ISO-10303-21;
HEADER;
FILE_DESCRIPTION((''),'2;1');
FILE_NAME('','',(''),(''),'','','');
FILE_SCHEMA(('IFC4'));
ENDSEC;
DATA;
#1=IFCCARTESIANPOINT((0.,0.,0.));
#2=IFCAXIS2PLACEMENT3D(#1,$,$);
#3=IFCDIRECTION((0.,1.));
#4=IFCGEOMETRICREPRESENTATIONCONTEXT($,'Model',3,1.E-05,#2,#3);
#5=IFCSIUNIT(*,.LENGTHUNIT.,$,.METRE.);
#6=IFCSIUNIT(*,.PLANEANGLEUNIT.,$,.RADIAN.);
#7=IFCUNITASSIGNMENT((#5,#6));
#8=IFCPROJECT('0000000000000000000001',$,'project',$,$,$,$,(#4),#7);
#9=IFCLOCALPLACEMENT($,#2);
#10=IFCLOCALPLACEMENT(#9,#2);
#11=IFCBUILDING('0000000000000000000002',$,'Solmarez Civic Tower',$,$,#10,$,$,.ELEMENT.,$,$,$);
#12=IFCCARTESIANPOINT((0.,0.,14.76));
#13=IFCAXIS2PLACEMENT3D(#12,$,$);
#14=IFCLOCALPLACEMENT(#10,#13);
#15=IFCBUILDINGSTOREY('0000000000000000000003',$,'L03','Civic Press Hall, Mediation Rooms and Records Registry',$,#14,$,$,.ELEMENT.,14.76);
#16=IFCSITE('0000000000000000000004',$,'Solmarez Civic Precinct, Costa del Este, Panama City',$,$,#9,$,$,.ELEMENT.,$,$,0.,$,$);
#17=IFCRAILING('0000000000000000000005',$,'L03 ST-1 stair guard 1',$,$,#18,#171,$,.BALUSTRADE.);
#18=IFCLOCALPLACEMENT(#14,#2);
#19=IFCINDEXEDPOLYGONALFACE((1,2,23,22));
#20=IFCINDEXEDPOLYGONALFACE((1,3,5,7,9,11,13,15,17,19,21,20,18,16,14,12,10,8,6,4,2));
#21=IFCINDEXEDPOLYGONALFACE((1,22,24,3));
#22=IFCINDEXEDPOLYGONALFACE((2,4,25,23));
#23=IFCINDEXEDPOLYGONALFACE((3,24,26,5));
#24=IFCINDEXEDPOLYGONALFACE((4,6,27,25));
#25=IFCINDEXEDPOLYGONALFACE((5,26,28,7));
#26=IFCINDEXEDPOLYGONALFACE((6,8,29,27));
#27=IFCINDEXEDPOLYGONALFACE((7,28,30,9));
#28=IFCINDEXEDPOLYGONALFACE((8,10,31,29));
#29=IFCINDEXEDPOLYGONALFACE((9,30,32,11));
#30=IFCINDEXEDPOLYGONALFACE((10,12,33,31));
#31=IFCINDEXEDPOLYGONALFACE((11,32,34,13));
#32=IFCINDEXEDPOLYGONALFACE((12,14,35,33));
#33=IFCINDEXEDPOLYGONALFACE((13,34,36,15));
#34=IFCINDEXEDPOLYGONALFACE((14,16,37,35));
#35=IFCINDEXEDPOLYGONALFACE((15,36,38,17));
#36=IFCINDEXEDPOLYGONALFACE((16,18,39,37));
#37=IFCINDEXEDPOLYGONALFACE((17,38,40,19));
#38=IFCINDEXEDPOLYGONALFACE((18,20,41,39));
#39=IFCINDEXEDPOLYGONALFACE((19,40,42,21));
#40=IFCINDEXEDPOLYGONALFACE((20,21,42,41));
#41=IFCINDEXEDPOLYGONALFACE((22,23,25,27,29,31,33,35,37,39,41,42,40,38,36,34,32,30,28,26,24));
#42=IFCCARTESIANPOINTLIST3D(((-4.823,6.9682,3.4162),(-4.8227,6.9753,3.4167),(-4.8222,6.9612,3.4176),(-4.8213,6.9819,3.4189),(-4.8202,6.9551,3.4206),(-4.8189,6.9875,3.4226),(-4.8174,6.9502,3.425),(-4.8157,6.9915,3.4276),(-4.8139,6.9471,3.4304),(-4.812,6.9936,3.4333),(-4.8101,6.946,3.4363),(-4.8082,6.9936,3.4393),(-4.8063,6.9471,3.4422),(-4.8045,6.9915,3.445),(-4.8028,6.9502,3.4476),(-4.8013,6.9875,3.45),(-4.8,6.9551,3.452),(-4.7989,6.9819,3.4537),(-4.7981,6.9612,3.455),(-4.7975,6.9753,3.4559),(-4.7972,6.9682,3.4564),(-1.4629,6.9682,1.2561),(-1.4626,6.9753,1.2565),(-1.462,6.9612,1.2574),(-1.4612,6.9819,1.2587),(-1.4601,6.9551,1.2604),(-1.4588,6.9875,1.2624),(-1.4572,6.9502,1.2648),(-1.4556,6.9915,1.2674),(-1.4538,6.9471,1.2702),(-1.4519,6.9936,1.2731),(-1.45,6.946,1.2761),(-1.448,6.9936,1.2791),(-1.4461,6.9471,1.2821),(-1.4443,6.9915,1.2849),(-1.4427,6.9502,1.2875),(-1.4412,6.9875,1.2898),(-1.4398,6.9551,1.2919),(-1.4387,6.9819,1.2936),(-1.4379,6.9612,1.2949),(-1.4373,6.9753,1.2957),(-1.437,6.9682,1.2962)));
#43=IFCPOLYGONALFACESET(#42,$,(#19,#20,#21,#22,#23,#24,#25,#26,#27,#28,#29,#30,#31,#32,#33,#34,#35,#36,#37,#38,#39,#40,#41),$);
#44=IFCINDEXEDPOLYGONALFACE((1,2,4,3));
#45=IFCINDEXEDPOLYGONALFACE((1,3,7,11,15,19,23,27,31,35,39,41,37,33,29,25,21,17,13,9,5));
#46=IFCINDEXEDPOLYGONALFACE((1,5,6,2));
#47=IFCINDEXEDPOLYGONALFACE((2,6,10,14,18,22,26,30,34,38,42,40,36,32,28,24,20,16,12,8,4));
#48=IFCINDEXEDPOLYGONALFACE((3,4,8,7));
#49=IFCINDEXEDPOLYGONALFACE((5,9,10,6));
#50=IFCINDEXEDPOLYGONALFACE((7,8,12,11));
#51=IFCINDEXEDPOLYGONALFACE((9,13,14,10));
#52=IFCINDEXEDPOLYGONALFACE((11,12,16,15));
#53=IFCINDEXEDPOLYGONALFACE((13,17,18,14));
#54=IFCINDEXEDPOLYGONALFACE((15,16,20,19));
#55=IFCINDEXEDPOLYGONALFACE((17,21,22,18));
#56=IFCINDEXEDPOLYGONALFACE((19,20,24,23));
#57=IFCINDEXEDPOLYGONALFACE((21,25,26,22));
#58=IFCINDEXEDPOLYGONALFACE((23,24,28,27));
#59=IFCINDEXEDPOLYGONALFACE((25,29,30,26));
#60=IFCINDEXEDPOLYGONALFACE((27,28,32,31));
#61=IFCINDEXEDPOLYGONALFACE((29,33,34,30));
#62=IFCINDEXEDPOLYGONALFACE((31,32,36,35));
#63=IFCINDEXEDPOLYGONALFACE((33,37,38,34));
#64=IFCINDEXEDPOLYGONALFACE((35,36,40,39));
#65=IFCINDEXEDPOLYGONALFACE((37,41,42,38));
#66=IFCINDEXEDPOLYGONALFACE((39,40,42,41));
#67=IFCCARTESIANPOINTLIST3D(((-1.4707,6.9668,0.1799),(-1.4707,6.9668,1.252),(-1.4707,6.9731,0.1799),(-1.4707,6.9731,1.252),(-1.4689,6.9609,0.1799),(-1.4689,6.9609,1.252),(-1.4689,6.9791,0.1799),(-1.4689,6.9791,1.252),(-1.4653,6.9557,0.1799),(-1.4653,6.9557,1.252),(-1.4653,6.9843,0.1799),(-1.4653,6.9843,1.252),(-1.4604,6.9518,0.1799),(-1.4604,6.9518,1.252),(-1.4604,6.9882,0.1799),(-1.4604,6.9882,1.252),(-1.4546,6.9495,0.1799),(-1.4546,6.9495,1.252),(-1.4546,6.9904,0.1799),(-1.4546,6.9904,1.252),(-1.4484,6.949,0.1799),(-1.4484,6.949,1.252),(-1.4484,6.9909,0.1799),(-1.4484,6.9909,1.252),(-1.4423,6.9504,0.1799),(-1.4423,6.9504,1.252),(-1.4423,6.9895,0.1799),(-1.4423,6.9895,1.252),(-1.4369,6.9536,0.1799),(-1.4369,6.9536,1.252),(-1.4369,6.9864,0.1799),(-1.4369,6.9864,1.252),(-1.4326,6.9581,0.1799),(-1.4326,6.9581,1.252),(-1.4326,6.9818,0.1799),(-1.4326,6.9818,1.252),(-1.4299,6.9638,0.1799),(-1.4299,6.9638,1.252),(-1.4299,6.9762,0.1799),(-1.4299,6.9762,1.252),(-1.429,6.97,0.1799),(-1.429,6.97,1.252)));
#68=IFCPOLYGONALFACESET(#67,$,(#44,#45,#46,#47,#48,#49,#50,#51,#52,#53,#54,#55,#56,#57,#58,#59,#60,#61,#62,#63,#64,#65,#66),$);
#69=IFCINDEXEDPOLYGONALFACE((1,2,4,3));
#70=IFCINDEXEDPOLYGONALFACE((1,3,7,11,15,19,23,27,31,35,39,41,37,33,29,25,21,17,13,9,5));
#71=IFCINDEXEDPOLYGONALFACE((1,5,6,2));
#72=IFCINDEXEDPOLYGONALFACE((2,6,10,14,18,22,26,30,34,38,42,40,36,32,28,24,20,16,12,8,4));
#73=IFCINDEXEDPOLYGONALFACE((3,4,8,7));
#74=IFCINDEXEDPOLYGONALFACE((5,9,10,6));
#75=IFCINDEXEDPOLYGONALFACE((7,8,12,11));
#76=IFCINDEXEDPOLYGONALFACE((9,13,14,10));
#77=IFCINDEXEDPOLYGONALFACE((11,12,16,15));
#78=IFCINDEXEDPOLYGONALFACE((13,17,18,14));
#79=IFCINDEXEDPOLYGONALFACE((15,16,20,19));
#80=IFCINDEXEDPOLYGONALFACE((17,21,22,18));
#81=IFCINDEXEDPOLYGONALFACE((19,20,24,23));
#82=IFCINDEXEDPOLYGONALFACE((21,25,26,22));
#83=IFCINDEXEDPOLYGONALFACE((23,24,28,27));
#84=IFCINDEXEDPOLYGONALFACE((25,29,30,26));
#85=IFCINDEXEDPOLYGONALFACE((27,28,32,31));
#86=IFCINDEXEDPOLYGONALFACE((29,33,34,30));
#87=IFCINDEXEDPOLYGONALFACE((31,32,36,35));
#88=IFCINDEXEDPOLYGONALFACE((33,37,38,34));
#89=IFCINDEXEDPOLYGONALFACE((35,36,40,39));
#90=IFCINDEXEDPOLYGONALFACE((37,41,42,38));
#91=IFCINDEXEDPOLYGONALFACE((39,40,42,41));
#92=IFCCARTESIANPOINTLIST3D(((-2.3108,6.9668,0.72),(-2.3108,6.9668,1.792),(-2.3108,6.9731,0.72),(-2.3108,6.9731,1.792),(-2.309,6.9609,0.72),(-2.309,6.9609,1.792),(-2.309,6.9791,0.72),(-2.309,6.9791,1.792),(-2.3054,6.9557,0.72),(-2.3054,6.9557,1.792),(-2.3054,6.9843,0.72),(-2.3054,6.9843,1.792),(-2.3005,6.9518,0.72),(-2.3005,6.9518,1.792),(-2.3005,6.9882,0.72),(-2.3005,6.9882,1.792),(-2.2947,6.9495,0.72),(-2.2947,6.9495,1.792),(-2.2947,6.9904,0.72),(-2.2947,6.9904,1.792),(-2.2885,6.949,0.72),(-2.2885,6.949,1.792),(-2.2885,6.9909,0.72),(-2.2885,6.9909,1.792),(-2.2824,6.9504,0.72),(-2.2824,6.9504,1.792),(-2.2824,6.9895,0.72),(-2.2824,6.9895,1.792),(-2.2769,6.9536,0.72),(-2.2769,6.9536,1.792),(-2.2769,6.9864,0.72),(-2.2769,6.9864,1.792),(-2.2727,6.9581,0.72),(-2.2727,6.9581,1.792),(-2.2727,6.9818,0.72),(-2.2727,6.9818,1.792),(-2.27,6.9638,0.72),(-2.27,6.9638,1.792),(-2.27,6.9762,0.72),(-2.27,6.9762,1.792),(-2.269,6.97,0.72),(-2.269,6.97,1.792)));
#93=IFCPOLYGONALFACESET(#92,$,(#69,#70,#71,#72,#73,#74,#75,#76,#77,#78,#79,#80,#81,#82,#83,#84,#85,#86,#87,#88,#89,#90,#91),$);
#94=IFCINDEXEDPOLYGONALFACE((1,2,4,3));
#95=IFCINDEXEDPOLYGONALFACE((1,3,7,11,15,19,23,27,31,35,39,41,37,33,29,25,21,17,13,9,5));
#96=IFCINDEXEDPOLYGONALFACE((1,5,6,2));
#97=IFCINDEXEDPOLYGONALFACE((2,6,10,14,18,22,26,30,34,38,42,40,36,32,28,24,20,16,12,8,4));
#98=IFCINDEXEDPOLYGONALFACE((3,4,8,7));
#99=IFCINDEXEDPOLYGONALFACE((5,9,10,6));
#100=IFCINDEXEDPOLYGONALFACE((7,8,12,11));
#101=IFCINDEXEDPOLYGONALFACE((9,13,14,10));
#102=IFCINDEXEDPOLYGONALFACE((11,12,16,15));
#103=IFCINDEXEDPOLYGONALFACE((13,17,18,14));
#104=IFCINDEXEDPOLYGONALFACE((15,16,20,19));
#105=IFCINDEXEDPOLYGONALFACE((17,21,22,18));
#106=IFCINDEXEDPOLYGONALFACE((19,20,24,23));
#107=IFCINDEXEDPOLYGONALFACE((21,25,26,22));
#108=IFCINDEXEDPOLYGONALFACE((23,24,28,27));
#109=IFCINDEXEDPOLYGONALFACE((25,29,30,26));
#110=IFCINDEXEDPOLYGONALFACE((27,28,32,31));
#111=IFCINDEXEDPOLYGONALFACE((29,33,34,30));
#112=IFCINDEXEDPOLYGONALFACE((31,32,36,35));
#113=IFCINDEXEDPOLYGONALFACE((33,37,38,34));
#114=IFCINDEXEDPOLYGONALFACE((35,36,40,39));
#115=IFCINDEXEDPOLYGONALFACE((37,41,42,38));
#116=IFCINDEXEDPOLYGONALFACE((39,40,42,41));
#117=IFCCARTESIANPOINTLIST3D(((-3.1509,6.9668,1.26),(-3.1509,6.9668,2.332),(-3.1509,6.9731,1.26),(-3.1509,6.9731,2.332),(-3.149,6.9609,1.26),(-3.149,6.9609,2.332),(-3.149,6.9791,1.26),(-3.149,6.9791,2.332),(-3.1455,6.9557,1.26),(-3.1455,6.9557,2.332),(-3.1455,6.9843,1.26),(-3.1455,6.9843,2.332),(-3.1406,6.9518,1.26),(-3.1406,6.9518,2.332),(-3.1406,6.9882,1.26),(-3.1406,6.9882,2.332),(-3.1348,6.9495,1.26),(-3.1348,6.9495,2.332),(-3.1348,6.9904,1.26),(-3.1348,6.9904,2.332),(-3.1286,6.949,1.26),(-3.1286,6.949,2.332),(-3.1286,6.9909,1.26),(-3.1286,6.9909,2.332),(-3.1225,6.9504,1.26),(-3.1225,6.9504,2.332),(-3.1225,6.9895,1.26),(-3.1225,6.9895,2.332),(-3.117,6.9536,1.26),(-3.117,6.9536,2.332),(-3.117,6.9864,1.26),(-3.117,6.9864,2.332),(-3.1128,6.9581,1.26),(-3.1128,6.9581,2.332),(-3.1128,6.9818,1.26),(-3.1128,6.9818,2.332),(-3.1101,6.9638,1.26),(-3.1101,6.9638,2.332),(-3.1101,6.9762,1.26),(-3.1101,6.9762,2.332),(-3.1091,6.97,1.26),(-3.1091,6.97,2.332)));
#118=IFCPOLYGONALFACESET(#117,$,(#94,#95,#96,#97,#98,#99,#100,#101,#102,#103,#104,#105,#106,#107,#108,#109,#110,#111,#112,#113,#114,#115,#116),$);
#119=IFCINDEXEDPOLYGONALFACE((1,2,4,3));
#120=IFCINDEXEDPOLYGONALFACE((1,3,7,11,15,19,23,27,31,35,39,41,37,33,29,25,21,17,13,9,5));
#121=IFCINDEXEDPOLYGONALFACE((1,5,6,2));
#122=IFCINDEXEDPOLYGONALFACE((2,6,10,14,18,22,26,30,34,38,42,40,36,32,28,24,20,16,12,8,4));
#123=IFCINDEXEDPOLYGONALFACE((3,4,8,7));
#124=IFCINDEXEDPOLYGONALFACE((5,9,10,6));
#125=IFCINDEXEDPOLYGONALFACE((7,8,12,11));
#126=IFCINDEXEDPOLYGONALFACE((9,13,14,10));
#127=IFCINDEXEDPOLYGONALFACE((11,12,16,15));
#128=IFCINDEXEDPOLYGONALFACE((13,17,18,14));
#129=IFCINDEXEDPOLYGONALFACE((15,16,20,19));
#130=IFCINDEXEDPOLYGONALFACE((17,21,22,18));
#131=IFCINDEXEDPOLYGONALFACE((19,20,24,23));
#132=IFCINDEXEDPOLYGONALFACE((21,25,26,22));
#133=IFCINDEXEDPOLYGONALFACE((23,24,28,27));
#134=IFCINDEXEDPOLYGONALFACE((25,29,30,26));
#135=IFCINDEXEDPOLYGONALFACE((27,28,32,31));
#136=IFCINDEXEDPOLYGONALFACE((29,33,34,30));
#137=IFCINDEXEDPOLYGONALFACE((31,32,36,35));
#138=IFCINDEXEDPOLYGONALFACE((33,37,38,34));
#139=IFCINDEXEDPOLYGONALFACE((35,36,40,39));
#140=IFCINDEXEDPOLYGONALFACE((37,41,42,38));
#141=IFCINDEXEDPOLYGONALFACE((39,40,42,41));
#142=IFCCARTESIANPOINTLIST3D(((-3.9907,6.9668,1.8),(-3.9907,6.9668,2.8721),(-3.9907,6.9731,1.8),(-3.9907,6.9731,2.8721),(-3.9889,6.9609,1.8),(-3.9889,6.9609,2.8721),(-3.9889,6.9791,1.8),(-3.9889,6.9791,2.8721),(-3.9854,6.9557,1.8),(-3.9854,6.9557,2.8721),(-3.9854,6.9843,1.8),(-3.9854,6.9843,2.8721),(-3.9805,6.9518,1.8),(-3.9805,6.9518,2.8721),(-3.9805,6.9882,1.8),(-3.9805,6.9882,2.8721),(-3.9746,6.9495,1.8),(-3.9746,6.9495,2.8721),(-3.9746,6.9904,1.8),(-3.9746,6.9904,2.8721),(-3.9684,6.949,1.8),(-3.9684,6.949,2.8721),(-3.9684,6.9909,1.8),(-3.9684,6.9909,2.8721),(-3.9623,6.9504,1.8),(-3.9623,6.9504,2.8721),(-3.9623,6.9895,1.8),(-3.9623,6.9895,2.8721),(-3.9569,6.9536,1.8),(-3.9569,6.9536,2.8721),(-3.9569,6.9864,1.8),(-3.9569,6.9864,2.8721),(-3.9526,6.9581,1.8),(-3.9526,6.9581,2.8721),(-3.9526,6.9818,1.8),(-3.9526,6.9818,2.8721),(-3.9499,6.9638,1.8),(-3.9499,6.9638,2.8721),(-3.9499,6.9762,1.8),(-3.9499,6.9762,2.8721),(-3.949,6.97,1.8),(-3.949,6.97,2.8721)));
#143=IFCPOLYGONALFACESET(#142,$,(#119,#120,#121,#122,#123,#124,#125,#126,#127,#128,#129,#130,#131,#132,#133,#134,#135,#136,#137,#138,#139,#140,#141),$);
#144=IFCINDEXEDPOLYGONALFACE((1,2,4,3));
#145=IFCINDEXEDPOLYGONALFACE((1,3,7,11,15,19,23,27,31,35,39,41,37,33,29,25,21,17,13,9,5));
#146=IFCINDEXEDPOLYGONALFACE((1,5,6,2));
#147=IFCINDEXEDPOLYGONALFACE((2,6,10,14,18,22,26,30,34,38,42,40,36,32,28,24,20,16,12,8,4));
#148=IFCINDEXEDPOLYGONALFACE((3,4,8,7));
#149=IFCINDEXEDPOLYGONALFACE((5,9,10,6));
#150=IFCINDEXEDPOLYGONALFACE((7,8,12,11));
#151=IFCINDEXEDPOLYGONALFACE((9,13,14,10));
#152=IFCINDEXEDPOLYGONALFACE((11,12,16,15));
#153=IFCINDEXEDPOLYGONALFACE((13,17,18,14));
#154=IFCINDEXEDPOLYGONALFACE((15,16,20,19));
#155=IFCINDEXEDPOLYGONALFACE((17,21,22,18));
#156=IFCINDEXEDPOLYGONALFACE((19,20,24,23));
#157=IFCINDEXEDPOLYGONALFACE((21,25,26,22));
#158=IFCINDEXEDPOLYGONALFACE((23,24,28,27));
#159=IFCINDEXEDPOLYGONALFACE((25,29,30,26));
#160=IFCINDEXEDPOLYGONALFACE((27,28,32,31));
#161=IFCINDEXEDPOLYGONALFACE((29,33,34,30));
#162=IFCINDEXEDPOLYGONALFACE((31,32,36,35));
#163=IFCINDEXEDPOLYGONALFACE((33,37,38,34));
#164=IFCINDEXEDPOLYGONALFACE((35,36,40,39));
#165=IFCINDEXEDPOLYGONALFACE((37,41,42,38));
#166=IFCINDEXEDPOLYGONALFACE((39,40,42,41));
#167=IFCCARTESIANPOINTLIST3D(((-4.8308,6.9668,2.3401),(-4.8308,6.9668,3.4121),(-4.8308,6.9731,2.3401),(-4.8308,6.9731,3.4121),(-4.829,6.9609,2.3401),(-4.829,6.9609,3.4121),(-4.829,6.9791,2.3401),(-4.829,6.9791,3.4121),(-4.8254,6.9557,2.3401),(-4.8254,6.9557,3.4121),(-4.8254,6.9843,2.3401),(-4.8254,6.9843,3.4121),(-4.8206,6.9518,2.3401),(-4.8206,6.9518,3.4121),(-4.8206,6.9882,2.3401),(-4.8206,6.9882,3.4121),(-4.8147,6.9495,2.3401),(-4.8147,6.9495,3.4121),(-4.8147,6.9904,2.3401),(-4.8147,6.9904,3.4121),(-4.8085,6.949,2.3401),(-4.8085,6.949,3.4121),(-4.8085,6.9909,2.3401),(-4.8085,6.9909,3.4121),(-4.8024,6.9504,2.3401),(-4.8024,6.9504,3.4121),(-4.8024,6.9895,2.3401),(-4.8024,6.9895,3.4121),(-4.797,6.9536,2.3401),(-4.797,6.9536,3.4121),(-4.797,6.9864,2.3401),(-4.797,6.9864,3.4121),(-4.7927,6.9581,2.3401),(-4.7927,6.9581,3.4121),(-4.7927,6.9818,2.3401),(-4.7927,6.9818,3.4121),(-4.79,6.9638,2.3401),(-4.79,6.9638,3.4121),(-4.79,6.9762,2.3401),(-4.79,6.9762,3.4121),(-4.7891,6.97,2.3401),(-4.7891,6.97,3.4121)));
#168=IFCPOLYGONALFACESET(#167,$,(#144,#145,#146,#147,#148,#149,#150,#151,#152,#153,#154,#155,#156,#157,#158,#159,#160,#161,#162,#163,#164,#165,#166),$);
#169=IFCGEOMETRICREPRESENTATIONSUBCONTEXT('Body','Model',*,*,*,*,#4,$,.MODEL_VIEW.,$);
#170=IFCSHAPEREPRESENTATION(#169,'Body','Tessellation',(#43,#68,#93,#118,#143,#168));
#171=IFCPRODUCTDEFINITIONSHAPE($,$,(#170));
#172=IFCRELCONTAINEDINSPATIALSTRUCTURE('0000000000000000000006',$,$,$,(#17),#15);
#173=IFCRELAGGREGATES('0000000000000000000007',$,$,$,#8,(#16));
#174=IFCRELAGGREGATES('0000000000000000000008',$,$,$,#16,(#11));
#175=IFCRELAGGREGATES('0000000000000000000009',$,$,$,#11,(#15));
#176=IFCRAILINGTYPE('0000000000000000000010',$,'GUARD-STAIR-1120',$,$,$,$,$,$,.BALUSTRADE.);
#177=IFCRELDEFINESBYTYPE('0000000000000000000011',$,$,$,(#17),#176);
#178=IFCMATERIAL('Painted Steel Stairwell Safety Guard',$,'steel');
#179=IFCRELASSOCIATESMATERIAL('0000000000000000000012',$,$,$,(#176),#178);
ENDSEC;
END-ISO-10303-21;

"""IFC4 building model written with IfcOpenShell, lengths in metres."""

from ifc_helpers import new_model, si_unit, direction, frame, origin, origin_2d, place, context, subcontext, project, spatial, circle, extrude, material, type_object, element, save


model = new_model("IFC4")

# Units and contexts
model_context = context("Model", 3, precision=1e-05, world=origin(), true_north=direction((0.0, 1.0)))
body_context = subcontext(model_context, "Body", "Model", "MODEL_VIEW")
ifc_project = project(units=[si_unit("LENGTHUNIT", "METRE"), si_unit("PLANEANGLEUNIT", "RADIAN")], contexts=[model_context])

# Site, building, storey
site_placement = place(None, origin())
site = spatial("IfcSite", under=ifc_project, at=site_placement, Name="Solmarez Civic Precinct, Costa del Este, Panama City", CompositionType="ELEMENT", RefElevation=0.0)
building_placement = place(site_placement, origin())
building = spatial("IfcBuilding", under=site, at=building_placement, Name="Solmarez Civic Tower", CompositionType="ELEMENT")
storey_placement = place(building_placement, frame((0.0, 0.0, 14.76)))
storey = spatial("IfcBuildingStorey", under=building, at=storey_placement, Name="L03", Description="Civic Press Hall, Mediation Rooms and Records Registry", CompositionType="ELEMENT", Elevation=14.76)

# Railing
ifc_material_1 = material(Name="Painted Steel Stairwell Safety Guard", Category="steel")
railing_type_1 = type_object("IfcRailingType", Name="GUARD-STAIR-1120", PredefinedType="BALUSTRADE", material=ifc_material_1)
railing_1_placement = place(storey_placement, frame((-1.45, 6.97, 0.1799)))
element("IfcRailing", 1, at=railing_1_placement, inside=storey, type_object=railing_type_1, Name="L03 ST-1 stair guard 1", PredefinedType="BALUSTRADE", context=body_context, shape_type="SweptSolid", body=[
    extrude(circle(Radius=0.0239, at=origin_2d()), frame((0.0, 0.0, 1.0962), z_axis=(-0.841169, 0.0, 0.540773), x_axis=(0.0, -1.0, 0.0)), (0.0, 0.0, 1.0), 3.9946),
    extrude(circle(Radius=0.021, at=origin_2d()), origin(), (0.0, 0.0, 1.0), 1.072),
    extrude(circle(Radius=0.021, at=origin_2d()), frame((-0.8401, 0.0, 0.54)), (0.0, 0.0, 1.0), 1.072),
    extrude(circle(Radius=0.021, at=origin_2d()), frame((-1.6802, 0.0, 1.0801)), (0.0, 0.0, 1.0), 1.072),
    extrude(circle(Radius=0.021, at=origin_2d()), frame((-2.52, 0.0, 1.6201)), (0.0, 0.0, 1.0), 1.072),
    extrude(circle(Radius=0.021, at=origin_2d()), frame((-3.3601, 0.0, 2.1602)), (0.0, 0.0, 1.0), 1.072),
])

save(model, "model.ifc")
